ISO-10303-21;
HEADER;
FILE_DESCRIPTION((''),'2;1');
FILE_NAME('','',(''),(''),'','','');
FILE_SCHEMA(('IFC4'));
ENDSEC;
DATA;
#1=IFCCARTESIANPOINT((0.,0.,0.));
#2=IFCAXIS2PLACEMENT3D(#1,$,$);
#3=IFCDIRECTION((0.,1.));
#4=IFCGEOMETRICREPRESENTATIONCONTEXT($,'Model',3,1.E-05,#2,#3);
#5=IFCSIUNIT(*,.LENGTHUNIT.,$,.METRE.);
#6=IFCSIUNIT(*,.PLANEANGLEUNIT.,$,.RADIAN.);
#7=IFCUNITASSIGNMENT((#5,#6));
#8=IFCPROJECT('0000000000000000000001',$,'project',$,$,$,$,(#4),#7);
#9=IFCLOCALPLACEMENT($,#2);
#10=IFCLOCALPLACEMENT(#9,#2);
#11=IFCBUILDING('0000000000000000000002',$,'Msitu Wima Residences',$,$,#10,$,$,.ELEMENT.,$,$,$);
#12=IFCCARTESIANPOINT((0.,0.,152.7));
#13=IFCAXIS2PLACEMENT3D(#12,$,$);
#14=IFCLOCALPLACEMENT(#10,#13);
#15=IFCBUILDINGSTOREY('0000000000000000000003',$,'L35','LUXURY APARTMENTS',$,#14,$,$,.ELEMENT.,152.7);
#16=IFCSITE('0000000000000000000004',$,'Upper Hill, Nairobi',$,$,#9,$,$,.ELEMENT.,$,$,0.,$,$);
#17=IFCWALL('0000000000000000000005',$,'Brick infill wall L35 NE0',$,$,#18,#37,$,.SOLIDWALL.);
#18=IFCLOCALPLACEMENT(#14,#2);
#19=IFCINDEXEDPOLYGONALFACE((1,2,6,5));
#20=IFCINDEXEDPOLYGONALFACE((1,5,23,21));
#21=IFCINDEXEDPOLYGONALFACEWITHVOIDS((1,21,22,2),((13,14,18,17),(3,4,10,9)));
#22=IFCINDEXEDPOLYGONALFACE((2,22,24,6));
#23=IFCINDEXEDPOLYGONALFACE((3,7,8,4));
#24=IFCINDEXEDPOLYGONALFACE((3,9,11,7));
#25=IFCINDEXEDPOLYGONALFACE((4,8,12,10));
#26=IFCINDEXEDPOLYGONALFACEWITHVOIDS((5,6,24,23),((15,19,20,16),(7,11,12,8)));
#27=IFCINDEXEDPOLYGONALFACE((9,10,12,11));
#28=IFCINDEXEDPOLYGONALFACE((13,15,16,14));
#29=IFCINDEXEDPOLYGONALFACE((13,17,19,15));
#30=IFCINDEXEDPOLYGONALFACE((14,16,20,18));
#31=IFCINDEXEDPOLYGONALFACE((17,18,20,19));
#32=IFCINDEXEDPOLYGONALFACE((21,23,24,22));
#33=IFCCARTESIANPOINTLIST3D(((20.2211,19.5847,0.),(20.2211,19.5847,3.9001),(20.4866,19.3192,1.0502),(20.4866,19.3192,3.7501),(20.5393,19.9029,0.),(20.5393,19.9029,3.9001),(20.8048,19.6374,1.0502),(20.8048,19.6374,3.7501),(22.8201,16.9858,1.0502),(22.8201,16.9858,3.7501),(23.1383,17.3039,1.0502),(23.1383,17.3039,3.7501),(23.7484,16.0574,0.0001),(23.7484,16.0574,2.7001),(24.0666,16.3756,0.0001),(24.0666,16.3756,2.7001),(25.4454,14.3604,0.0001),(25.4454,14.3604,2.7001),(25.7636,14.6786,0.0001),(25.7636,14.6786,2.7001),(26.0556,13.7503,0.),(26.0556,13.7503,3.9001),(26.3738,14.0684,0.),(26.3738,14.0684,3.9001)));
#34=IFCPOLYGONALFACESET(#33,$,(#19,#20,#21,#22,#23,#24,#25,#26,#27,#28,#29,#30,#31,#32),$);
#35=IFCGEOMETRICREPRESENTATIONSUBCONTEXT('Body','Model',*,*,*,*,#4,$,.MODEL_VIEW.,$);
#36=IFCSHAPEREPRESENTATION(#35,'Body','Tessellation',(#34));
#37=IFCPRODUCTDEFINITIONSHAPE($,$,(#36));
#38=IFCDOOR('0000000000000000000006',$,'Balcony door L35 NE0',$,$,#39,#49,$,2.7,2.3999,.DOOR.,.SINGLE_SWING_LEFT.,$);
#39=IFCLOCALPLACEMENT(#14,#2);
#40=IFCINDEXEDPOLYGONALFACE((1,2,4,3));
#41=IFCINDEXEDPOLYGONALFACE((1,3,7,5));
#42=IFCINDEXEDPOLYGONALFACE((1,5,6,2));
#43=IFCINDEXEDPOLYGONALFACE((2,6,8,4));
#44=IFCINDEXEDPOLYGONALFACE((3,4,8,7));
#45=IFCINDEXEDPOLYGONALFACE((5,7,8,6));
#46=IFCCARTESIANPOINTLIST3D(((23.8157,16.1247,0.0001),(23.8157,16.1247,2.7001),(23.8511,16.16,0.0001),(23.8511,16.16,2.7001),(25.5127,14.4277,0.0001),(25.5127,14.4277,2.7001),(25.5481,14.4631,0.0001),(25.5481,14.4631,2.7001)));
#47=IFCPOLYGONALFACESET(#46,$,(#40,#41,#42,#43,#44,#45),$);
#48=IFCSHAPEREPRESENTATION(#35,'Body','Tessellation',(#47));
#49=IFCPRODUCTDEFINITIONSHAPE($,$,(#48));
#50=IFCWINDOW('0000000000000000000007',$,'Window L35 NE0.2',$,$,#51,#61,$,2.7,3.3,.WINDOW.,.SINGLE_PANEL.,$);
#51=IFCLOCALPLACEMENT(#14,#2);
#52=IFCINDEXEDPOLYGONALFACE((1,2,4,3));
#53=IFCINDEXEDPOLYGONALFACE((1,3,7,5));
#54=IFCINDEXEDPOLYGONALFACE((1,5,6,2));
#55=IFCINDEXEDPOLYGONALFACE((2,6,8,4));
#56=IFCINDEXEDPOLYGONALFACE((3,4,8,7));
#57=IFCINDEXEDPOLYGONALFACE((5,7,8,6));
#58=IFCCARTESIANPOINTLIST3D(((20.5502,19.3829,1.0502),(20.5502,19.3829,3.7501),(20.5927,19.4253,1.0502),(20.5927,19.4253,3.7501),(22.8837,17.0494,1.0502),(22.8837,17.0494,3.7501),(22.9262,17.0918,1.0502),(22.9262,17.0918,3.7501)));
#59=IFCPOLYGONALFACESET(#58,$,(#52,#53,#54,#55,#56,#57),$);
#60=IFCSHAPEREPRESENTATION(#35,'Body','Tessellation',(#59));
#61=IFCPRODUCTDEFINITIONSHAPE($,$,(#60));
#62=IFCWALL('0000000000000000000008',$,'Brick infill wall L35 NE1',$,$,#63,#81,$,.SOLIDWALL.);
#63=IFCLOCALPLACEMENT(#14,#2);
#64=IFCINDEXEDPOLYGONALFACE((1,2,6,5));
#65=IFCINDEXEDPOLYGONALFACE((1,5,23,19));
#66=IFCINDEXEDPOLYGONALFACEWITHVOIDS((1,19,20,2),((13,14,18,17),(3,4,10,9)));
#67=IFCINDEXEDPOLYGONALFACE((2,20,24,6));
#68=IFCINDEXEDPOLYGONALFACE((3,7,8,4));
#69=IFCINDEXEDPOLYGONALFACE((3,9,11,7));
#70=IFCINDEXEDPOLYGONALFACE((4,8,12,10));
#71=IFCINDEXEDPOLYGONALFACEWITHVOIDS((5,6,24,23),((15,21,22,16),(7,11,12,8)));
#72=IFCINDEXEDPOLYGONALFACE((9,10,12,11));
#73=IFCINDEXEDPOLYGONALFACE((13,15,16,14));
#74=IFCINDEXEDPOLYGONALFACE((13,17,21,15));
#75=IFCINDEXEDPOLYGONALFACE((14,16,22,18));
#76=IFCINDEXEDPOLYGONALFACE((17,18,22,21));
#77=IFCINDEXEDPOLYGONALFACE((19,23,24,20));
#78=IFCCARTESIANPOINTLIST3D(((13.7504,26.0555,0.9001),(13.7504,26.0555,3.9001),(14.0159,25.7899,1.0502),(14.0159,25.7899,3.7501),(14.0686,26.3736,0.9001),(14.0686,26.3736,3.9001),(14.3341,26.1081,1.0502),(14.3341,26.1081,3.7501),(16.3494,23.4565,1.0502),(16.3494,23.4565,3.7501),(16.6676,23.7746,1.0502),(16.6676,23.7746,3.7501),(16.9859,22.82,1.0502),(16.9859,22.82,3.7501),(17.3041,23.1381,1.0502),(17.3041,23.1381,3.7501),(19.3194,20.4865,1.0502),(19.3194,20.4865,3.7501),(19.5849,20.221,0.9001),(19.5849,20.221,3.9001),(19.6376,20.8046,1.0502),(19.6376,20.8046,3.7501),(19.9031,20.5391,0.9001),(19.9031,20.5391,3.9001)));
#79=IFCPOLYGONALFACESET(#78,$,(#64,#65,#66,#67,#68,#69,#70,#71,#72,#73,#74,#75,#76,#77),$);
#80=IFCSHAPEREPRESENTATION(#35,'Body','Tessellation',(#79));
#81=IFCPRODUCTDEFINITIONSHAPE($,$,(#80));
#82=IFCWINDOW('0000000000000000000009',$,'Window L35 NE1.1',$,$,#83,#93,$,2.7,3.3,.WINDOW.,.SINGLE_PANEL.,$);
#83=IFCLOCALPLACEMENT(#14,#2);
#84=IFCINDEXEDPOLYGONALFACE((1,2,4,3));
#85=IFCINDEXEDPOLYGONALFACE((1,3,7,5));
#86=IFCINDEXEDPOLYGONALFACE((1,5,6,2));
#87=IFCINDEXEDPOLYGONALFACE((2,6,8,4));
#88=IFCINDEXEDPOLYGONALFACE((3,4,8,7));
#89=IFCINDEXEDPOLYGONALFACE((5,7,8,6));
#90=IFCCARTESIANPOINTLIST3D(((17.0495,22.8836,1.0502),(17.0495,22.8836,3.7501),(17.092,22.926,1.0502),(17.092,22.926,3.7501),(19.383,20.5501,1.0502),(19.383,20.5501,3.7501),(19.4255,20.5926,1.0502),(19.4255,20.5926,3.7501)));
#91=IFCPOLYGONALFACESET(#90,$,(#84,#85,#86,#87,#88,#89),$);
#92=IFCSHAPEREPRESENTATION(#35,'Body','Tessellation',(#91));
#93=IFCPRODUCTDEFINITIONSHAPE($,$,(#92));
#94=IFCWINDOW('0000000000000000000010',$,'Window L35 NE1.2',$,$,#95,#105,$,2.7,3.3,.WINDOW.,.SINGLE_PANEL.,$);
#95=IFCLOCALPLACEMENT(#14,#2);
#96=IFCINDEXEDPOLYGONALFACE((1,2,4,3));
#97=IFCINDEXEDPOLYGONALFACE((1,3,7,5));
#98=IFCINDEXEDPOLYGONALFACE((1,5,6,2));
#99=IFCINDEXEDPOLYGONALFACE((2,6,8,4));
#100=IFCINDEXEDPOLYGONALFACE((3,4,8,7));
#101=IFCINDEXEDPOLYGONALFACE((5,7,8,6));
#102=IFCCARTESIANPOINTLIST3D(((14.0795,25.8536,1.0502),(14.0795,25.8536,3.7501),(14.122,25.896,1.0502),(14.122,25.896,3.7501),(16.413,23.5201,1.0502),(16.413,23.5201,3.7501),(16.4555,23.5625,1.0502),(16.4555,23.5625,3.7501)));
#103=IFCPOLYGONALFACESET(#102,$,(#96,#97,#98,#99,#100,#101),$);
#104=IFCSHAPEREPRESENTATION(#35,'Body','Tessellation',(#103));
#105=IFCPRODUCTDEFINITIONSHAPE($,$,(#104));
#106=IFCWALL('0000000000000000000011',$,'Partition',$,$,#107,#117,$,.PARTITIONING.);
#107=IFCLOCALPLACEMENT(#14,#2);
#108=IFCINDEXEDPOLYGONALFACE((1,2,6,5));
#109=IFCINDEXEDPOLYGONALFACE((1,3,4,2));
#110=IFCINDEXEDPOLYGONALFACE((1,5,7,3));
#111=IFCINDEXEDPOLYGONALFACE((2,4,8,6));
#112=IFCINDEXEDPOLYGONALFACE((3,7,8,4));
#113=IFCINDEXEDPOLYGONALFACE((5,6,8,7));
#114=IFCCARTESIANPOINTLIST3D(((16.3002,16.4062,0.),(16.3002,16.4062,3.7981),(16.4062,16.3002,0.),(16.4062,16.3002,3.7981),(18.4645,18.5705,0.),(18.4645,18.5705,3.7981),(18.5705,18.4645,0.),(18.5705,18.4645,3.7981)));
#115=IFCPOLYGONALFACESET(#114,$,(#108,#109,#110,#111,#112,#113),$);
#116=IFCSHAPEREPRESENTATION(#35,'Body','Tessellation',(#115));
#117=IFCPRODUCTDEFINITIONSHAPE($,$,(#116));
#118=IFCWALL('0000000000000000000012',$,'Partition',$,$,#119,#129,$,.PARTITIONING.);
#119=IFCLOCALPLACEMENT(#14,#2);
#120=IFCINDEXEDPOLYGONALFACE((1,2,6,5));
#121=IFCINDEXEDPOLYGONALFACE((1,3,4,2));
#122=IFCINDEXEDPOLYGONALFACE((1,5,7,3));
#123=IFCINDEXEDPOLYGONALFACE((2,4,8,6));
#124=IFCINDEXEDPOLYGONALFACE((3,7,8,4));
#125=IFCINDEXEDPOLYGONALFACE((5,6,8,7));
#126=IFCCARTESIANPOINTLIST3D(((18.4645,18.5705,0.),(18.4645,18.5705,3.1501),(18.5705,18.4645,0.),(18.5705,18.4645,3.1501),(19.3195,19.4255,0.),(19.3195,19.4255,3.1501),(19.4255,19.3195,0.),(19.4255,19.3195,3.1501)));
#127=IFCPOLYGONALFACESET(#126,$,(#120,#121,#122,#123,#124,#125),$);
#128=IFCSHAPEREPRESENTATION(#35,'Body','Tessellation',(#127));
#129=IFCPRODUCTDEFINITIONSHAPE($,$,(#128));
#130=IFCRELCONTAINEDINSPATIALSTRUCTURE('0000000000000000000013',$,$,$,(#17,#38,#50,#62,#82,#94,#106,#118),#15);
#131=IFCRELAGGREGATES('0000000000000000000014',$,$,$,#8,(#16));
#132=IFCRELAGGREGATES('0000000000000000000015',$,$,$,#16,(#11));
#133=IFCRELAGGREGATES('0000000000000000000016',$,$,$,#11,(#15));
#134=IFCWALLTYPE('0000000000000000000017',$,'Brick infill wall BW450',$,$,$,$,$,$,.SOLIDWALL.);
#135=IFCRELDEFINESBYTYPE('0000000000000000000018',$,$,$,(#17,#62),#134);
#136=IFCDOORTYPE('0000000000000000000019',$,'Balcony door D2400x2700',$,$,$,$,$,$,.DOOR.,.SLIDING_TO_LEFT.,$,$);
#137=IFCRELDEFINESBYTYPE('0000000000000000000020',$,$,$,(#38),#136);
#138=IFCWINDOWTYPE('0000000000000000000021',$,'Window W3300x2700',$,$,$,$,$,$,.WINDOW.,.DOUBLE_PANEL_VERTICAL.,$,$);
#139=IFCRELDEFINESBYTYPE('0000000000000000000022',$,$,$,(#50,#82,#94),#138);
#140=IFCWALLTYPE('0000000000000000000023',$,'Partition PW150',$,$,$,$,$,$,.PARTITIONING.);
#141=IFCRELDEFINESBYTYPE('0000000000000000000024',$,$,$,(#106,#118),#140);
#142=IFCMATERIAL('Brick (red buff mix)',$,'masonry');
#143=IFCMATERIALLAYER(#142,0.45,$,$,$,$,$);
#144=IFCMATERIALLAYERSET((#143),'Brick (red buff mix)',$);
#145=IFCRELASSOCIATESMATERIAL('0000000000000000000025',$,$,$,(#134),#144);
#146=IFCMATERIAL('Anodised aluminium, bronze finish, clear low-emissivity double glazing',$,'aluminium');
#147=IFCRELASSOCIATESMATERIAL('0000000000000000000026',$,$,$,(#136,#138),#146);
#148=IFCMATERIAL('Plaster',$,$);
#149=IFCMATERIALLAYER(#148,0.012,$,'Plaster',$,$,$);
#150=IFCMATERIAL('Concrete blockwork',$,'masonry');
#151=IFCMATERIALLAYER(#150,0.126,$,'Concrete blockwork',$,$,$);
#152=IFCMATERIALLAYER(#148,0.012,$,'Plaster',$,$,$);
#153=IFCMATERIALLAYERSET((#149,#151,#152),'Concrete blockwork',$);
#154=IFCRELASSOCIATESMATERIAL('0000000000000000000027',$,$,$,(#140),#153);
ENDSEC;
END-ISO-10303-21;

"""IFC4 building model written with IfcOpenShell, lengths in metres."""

from ifc_helpers import new_model, si_unit, direction, frame, frame_2d, origin, place, context, subcontext, project, spatial, rectangle, extrude, material, layer, layer_set, type_object, element, fill, save


model = new_model("IFC4")

# Units and contexts
model_context = context("Model", 3, precision=1e-05, world=origin(), true_north=direction((0.0, 1.0)))
body_context = subcontext(model_context, "Body", "Model", "MODEL_VIEW")
ifc_project = project(units=[si_unit("LENGTHUNIT", "METRE"), si_unit("PLANEANGLEUNIT", "RADIAN")], contexts=[model_context])

# Site, building, storey
site_placement = place(None, origin())
site = spatial("IfcSite", under=ifc_project, at=site_placement, Name="Upper Hill, Nairobi", CompositionType="ELEMENT", RefElevation=0.0)
building_placement = place(site_placement, origin())
building = spatial("IfcBuilding", under=site, at=building_placement, Name="Msitu Wima Residences", CompositionType="ELEMENT")
storey_placement = place(building_placement, frame((0.0, 0.0, 152.7)))
storey = spatial("IfcBuildingStorey", under=building, at=storey_placement, Name="L35", Description="LUXURY APARTMENTS", CompositionType="ELEMENT", Elevation=152.7)

# Wall, openings, door, window
ifc_material_1 = material(Name="Brick (red buff mix)", Category="masonry")
ifc_layer_1 = layer(ifc_material_1, 0.45)
ifc_layer_set_1 = layer_set([ifc_layer_1], Name="Brick (red buff mix)")
wall_type_1 = type_object("IfcWallType", Name="Brick infill wall BW450", PredefinedType="SOLIDWALL", material=ifc_layer_set_1)
wall_1_placement = place(storey_placement, frame((26.2146, 13.9094, 0.0), z_axis=(0.0, 0.0, 1.0), x_axis=(-0.707107, 0.707107, 0.0)))
wall_1 = element("IfcWall", 1, at=wall_1_placement, inside=storey, type_object=wall_type_1, Name="Brick infill wall L35 NE0", PredefinedType="SOLIDWALL", context=body_context, shape_type="SweptSolid", body=[
    extrude(rectangle(XDim=8.2512, YDim=0.45, at=frame_2d((4.1255, 0.0))), origin(), (0.0, 0.0, 1.0), 3.9001),
])
opening_1_placement = place(wall_1_placement, frame((0.8628, 0.0, 0.0)))
opening_1 = element("IfcOpeningElement", 2, at=opening_1_placement, cuts=wall_1, PredefinedType="OPENING", context=body_context, shape_type="SweptSolid", body=[
    extrude(rectangle(XDim=2.3999, YDim=2.7, at=frame_2d((1.2, 1.3501))), frame((0.0, 0.2349, 0.0), z_axis=(0.0, -1.0, 0.0), x_axis=(1.0, 0.0, 0.0)), (0.0, 0.0, 1.0), 0.47),
])
opening_2_placement = place(wall_1_placement, frame((4.5757, 0.0, 1.05)))
opening_2 = element("IfcOpeningElement", 3, at=opening_2_placement, cuts=wall_1, PredefinedType="OPENING", context=body_context, shape_type="SweptSolid", body=[
    extrude(rectangle(XDim=3.3, YDim=2.7, at=frame_2d((1.6499, 1.3501))), frame((0.0, 0.2349, 0.0), z_axis=(0.0, -1.0, 0.0), x_axis=(1.0, 0.0, 0.0)), (0.0, 0.0, 1.0), 0.47),
])
ifc_material_2 = material(Name="Anodised aluminium, bronze finish, clear low-emissivity double glazing", Category="aluminium")
door_type_1 = type_object("IfcDoorType", Name="Balcony door D2400x2700", OperationType="SLIDING_TO_LEFT", PredefinedType="DOOR", material=ifc_material_2)
door_1_placement = place(opening_1_placement, origin())
door_1 = element("IfcDoor", 4, at=door_1_placement, inside=storey, type_object=door_type_1, Name="Balcony door L35 NE0", OperationType="SINGLE_SWING_LEFT", OverallHeight=2.7, OverallWidth=2.3999, PredefinedType="DOOR", context=body_context, shape_type="SweptSolid", body=[
    extrude(rectangle(XDim=2.3999, YDim=2.7, at=frame_2d((1.2, 1.3501))), frame((0.0, 0.1299, 0.0), z_axis=(0.0, -1.0, 0.0), x_axis=(1.0, 0.0, 0.0)), (0.0, 0.0, 1.0), 0.05),
])
fill(opening_1, door_1)
window_type = type_object("IfcWindowType", Name="Window W3300x2700", PartitioningType="DOUBLE_PANEL_VERTICAL", PredefinedType="WINDOW", material=ifc_material_2)
window_1_placement = place(opening_2_placement, origin())
window_1 = element("IfcWindow", 5, at=window_1_placement, inside=storey, type_object=window_type, Name="Window L35 NE0.2", OverallHeight=2.7, OverallWidth=3.3, PartitioningType="SINGLE_PANEL", PredefinedType="WINDOW", context=body_context, shape_type="SweptSolid", body=[
    extrude(rectangle(XDim=3.3, YDim=2.7, at=frame_2d((1.6499, 1.3501))), frame((0.0, 0.135, 0.0), z_axis=(0.0, -1.0, 0.0), x_axis=(1.0, 0.0, 0.0)), (0.0, 0.0, 1.0), 0.0601),
])
fill(opening_2, window_1)

# Wall, openings, windows
wall_2_placement = place(storey_placement, frame((19.7439, 20.3801, 0.9001), z_axis=(0.0, 0.0, 1.0), x_axis=(-0.707107, 0.707107, 0.0)))
wall_2 = element("IfcWall", 6, at=wall_2_placement, inside=storey, type_object=wall_type_1, Name="Brick infill wall L35 NE1", PredefinedType="SOLIDWALL", context=body_context, shape_type="SweptSolid", body=[
    extrude(rectangle(XDim=8.2512, YDim=0.45, at=frame_2d((4.1255, 0.0))), origin(), (0.0, 0.0, 1.0), 3.0),
])
opening_3_placement = place(wall_2_placement, frame((0.3755, 0.0, 0.1499)))
opening_3 = element("IfcOpeningElement", 7, at=opening_3_placement, cuts=wall_2, PredefinedType="OPENING", context=body_context, shape_type="SweptSolid", body=[
    extrude(rectangle(XDim=3.3, YDim=2.7, at=frame_2d((1.6499, 1.3501))), frame((0.0, 0.2349, 0.0), z_axis=(0.0, -1.0, 0.0), x_axis=(1.0, 0.0, 0.0)), (0.0, 0.0, 1.0), 0.47),
])
opening_4_placement = place(wall_2_placement, frame((4.5757, 0.0, 0.1499)))
opening_4 = element("IfcOpeningElement", 8, at=opening_4_placement, cuts=wall_2, PredefinedType="OPENING", context=body_context, shape_type="SweptSolid", body=[
    extrude(rectangle(XDim=3.3, YDim=2.7, at=frame_2d((1.6499, 1.3501))), frame((0.0, 0.2349, 0.0), z_axis=(0.0, -1.0, 0.0), x_axis=(1.0, 0.0, 0.0)), (0.0, 0.0, 1.0), 0.47),
])
window_2_placement = place(opening_3_placement, origin())
window_2 = element("IfcWindow", 9, at=window_2_placement, inside=storey, type_object=window_type, Name="Window L35 NE1.1", OverallHeight=2.7, OverallWidth=3.3, PartitioningType="SINGLE_PANEL", PredefinedType="WINDOW", context=body_context, shape_type="SweptSolid", body=[
    extrude(rectangle(XDim=3.3, YDim=2.7, at=frame_2d((1.6499, 1.3501))), frame((0.0, 0.135, 0.0), z_axis=(0.0, -1.0, 0.0), x_axis=(1.0, 0.0, 0.0)), (0.0, 0.0, 1.0), 0.0601),
])
fill(opening_3, window_2)
window_3_placement = place(opening_4_placement, origin())
window_3 = element("IfcWindow", 10, at=window_3_placement, inside=storey, type_object=window_type, Name="Window L35 NE1.2", OverallHeight=2.7, OverallWidth=3.3, PartitioningType="SINGLE_PANEL", PredefinedType="WINDOW", context=body_context, shape_type="SweptSolid", body=[
    extrude(rectangle(XDim=3.3, YDim=2.7, at=frame_2d((1.6499, 1.3501))), frame((0.0, 0.135, 0.0), z_axis=(0.0, -1.0, 0.0), x_axis=(1.0, 0.0, 0.0)), (0.0, 0.0, 1.0), 0.0601),
])
fill(opening_4, window_3)

# Walls
ifc_material_3 = material(Name="Plaster")
ifc_layer_2 = layer(ifc_material_3, 0.012, Name="Plaster")
ifc_material_4 = material(Name="Concrete blockwork", Category="masonry")
ifc_layer_3 = layer(ifc_material_4, 0.126, Name="Concrete blockwork")
ifc_layer_4 = layer(ifc_material_3, 0.012, Name="Plaster")
ifc_layer_set_2 = layer_set([ifc_layer_2, ifc_layer_3, ifc_layer_4], Name="Concrete blockwork")
wall_type_2 = type_object("IfcWallType", Name="Partition PW150", PredefinedType="PARTITIONING", material=ifc_layer_set_2)
wall_3_placement = place(storey_placement, frame((16.3533, 16.3533, 0.0), z_axis=(0.0, 0.0, 1.0), x_axis=(0.707107, 0.707107, 0.0)))
element("IfcWall", 11, at=wall_3_placement, inside=storey, type_object=wall_type_2, Name="Partition", PredefinedType="PARTITIONING", context=body_context, shape_type="SweptSolid", body=[
    extrude(rectangle(XDim=3.0608, YDim=0.1499, at=frame_2d((1.5303, 0.0))), origin(), (0.0, 0.0, 1.0), 3.7981),
])
wall_4_placement = place(storey_placement, frame((18.5176, 18.5176, 0.0), z_axis=(0.0, 0.0, 1.0), x_axis=(0.707107, 0.707107, 0.0)))
element("IfcWall", 12, at=wall_4_placement, inside=storey, type_object=wall_type_2, Name="Partition", PredefinedType="PARTITIONING", context=body_context, shape_type="SweptSolid", body=[
    extrude(rectangle(XDim=1.2092, YDim=0.1499, at=frame_2d((0.6045, 0.0))), origin(), (0.0, 0.0, 1.0), 3.1501),
])

save(model, "model.ifc")
